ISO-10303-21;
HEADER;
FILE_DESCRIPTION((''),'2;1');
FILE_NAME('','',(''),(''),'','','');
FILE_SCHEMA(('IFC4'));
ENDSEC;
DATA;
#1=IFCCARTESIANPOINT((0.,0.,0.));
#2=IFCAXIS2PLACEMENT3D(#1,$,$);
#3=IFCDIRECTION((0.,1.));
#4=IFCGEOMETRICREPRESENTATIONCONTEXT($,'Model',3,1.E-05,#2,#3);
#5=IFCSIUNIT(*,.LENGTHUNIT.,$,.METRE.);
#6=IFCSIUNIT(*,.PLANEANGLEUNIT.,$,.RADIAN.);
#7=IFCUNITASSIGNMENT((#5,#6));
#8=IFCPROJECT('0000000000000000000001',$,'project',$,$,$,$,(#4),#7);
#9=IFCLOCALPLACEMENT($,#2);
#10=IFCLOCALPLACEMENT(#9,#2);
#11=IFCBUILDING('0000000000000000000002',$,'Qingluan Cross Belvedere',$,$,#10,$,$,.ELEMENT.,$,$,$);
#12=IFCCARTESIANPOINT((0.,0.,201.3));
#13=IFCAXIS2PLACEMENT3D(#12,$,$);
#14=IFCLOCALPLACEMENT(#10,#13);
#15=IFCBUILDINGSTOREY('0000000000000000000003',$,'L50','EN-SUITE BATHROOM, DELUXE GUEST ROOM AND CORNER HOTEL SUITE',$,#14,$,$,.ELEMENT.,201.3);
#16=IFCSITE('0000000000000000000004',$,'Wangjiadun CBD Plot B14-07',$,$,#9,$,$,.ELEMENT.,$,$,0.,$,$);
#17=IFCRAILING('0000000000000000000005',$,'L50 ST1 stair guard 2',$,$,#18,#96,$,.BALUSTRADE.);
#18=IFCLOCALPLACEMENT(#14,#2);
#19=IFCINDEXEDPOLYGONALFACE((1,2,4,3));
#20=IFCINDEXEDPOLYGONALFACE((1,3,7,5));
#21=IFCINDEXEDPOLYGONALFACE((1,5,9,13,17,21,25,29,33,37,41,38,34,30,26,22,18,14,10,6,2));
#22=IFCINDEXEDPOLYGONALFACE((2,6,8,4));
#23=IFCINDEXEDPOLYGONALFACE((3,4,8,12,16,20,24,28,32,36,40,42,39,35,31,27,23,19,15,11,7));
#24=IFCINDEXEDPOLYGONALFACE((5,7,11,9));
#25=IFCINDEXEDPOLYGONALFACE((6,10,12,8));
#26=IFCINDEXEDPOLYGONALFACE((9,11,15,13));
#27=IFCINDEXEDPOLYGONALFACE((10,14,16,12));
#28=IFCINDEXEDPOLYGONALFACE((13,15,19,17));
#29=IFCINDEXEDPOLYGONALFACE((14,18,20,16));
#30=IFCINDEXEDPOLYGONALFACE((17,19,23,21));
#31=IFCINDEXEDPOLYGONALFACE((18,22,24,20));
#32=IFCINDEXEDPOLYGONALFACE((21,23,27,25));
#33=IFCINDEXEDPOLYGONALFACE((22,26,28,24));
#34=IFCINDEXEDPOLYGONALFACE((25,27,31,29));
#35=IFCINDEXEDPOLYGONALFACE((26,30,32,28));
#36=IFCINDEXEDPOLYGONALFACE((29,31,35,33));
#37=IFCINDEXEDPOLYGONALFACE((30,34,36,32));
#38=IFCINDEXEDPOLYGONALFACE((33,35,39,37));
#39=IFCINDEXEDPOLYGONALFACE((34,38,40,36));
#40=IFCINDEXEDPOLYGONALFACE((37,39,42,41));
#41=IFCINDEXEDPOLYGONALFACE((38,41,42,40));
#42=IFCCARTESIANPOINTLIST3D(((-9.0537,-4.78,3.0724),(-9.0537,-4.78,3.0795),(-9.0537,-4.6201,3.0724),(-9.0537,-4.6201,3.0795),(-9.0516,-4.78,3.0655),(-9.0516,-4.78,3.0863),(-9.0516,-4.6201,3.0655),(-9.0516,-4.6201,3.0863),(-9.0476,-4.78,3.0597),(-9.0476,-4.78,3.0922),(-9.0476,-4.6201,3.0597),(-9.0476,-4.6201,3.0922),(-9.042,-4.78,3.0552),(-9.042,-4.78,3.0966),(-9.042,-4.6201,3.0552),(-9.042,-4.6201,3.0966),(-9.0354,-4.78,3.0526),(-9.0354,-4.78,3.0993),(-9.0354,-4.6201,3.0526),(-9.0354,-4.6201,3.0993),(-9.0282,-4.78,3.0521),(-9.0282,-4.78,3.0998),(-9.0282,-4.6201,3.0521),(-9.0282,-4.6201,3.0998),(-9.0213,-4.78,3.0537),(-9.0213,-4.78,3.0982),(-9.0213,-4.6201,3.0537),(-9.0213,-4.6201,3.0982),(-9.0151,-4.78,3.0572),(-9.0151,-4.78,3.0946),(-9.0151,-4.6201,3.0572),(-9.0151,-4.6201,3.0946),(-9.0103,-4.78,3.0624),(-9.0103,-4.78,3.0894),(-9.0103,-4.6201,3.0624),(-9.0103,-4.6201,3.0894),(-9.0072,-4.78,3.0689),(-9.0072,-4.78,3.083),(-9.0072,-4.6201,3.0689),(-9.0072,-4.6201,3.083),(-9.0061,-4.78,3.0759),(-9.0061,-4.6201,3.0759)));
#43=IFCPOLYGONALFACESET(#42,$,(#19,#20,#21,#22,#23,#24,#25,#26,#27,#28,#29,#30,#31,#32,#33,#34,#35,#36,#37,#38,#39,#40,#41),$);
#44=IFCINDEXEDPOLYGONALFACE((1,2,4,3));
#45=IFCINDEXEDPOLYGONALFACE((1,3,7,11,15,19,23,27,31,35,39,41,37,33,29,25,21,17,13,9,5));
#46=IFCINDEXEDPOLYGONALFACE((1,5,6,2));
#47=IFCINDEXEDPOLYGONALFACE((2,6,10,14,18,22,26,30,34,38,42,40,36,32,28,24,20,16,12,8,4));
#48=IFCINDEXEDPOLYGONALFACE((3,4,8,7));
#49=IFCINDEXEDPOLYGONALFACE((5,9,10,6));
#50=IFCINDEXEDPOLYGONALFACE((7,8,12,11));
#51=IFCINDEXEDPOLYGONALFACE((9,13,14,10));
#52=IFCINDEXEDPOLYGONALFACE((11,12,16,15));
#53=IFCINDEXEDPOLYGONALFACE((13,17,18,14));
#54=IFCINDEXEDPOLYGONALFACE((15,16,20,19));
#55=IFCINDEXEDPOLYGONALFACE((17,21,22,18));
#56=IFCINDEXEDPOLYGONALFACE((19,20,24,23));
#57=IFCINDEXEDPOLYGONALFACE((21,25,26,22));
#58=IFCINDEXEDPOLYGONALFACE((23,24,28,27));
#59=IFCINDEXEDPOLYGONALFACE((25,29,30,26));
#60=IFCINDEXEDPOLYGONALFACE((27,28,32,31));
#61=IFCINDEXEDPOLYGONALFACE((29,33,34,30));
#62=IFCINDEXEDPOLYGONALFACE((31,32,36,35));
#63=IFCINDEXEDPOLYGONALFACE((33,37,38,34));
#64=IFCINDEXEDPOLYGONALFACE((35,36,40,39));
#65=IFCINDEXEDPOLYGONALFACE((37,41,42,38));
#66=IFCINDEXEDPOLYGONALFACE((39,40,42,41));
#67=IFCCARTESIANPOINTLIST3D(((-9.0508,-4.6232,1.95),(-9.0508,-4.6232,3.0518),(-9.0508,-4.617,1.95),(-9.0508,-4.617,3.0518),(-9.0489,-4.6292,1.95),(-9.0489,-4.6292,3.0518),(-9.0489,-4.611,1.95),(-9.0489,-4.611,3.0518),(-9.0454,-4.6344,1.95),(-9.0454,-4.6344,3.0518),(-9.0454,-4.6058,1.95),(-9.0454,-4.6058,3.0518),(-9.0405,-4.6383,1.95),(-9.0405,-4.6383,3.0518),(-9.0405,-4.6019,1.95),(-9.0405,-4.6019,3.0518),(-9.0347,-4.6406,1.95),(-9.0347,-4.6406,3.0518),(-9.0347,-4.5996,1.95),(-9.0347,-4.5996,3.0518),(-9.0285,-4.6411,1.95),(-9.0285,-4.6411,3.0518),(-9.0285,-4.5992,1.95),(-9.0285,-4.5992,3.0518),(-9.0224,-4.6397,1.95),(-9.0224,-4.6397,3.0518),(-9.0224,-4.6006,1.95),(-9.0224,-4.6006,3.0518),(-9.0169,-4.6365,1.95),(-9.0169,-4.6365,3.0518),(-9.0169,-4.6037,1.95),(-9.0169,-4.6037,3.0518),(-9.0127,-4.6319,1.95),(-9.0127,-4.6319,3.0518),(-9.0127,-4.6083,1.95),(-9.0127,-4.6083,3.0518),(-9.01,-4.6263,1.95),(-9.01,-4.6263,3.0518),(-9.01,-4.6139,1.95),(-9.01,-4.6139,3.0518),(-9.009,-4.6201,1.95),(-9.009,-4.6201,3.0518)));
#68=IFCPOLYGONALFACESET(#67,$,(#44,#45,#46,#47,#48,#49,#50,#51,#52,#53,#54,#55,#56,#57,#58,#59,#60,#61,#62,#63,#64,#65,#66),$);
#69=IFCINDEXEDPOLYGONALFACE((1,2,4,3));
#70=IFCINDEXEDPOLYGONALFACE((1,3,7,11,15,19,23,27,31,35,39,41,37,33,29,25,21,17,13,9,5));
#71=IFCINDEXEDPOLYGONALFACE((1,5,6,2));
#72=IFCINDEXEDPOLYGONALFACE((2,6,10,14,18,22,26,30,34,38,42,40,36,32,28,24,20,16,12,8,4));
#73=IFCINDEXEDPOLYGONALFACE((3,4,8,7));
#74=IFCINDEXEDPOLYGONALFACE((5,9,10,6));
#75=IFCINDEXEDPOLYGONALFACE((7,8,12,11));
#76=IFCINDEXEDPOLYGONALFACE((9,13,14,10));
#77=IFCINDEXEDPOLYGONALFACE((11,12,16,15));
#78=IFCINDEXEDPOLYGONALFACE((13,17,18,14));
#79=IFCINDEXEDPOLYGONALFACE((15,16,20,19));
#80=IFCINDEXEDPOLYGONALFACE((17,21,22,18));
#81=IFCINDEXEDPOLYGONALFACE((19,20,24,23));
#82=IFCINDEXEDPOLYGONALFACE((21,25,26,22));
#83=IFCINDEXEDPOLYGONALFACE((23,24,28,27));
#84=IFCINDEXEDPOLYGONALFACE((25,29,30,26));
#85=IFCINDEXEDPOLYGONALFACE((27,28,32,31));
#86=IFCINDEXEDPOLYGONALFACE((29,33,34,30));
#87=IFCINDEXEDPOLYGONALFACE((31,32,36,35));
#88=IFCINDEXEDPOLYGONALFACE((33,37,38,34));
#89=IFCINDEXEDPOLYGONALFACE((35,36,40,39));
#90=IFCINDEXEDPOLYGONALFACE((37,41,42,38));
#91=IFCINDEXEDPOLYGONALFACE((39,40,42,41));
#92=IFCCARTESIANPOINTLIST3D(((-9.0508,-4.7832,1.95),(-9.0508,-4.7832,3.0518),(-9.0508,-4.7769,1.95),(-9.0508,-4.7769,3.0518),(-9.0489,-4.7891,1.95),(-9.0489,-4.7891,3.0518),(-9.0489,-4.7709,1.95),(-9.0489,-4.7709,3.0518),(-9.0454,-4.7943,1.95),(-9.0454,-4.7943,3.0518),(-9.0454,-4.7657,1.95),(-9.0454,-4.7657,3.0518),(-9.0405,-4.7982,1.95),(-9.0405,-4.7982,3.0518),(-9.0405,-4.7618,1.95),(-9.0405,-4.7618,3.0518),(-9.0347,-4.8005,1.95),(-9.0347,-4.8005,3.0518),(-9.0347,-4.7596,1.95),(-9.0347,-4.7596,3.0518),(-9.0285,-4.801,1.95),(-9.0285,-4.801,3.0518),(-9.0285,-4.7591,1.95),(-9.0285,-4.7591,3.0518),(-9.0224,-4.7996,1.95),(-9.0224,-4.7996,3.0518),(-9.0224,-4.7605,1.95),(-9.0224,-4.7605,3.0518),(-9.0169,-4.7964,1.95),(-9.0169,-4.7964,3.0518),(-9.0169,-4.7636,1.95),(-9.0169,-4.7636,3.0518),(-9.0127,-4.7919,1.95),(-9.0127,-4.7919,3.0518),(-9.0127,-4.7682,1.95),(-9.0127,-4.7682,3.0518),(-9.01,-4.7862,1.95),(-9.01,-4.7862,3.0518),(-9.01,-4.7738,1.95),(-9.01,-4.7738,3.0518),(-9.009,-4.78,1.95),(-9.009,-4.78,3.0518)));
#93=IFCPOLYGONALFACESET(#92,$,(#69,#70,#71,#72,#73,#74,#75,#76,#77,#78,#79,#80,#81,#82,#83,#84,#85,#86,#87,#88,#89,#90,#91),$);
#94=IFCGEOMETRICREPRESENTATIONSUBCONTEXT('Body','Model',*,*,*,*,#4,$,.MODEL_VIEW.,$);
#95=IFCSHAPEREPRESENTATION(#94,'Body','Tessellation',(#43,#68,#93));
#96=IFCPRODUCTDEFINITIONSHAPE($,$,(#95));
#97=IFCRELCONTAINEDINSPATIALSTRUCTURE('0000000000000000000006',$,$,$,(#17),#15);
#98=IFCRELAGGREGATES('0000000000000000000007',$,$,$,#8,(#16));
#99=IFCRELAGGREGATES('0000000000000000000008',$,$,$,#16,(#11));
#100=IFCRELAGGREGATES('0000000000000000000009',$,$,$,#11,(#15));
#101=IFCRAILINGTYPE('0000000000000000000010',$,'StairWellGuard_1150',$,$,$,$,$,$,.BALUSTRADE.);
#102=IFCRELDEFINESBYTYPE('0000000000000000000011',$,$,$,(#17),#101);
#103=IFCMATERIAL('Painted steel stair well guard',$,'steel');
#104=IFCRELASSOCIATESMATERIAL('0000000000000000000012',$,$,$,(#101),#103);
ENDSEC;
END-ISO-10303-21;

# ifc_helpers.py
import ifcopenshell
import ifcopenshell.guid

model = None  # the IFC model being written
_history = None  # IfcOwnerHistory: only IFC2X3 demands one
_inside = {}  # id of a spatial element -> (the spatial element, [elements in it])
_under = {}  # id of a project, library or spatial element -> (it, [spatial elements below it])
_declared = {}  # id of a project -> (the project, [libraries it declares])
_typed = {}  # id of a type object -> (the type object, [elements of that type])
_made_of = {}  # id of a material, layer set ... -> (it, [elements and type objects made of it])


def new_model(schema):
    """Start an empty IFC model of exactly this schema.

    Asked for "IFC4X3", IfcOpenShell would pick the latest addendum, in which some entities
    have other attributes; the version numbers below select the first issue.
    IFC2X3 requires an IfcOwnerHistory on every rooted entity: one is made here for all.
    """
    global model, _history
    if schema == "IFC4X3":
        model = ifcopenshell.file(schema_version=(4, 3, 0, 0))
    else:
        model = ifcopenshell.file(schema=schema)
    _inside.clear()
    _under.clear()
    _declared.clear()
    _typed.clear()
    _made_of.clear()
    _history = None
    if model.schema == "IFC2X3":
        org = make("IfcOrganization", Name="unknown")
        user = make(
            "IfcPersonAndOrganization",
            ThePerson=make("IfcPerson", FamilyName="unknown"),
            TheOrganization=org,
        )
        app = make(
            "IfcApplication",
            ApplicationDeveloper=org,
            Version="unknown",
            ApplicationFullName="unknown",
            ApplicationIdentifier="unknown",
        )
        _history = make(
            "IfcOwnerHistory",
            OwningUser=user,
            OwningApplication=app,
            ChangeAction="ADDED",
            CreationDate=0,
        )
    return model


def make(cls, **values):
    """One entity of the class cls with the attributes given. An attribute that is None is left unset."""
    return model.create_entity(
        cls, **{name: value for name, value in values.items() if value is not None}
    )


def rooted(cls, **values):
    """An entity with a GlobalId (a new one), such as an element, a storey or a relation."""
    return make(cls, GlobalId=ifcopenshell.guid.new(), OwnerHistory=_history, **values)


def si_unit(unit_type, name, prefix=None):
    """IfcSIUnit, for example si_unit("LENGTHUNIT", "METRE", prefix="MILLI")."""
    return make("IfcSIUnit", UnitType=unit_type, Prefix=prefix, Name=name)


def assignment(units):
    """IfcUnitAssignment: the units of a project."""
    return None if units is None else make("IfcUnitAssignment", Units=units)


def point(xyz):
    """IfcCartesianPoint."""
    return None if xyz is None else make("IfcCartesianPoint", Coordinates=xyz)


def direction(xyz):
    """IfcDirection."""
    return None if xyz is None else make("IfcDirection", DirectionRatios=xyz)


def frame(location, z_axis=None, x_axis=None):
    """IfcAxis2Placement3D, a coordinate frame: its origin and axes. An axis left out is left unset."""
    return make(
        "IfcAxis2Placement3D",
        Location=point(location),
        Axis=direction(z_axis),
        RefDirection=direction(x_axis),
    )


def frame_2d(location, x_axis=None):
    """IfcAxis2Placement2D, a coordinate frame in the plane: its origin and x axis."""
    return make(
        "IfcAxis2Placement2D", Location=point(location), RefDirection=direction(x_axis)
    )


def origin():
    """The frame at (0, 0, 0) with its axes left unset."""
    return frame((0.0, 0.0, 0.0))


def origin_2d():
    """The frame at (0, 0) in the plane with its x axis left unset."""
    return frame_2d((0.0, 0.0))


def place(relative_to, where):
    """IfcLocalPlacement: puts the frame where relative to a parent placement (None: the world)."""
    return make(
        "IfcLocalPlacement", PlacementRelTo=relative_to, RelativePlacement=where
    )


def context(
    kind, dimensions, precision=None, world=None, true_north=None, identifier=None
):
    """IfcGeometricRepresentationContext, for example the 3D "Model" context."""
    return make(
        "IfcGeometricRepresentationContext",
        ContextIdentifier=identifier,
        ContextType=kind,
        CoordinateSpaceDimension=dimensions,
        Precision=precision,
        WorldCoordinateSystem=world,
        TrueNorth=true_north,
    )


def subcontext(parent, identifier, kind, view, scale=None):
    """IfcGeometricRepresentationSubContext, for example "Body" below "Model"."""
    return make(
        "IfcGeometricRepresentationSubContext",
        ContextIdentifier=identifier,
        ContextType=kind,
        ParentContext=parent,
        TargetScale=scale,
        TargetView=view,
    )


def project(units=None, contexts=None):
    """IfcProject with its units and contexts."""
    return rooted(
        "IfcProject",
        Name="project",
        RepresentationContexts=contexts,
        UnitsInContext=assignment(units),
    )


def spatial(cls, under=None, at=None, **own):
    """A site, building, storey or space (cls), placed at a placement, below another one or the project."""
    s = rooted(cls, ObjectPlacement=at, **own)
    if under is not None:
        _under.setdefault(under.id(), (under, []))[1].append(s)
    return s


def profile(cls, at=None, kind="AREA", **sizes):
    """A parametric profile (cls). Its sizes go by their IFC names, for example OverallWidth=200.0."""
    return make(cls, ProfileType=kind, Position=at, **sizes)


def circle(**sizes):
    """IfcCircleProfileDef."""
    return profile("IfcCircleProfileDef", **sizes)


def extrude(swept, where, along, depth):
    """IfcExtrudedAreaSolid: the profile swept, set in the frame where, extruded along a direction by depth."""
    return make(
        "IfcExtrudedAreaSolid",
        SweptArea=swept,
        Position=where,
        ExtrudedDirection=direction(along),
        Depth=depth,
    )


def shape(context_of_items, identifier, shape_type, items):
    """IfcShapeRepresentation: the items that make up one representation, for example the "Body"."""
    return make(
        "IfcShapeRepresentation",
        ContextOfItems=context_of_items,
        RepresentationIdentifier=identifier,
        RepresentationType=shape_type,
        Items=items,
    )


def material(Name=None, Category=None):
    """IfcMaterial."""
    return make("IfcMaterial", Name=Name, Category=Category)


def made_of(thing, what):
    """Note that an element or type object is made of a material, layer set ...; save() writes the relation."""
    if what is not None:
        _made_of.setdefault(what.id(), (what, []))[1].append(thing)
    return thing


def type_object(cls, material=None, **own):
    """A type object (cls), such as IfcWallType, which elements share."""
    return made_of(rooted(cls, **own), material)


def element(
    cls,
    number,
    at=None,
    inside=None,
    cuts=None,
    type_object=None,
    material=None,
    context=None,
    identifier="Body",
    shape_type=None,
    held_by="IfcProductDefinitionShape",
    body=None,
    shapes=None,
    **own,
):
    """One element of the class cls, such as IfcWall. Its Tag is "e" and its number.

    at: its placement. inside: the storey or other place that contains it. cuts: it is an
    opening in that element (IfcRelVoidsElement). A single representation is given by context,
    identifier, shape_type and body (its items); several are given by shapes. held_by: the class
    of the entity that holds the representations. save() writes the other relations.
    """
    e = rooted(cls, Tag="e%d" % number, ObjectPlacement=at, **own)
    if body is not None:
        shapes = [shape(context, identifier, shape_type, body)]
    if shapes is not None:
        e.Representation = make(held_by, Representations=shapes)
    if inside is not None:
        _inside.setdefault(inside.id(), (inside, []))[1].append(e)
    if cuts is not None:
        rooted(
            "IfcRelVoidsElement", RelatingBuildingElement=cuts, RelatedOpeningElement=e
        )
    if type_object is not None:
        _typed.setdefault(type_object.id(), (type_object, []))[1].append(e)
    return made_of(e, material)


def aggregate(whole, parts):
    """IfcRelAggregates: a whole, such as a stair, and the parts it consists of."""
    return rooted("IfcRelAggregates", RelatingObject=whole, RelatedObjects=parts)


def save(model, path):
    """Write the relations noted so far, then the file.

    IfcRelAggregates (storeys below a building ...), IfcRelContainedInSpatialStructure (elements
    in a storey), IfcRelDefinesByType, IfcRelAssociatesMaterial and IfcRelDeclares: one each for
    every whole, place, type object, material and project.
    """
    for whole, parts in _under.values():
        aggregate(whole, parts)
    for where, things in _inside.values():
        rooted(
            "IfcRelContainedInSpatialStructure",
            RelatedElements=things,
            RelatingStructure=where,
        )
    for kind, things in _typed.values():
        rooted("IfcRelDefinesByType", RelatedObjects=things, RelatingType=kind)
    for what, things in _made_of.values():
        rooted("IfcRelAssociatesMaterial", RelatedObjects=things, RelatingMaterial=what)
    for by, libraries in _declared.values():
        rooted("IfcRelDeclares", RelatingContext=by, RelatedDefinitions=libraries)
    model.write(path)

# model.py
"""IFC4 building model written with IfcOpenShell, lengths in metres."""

from ifc_helpers import new_model, si_unit, direction, frame, origin, origin_2d, place, context, subcontext, project, spatial, circle, extrude, material, type_object, element, save


model = new_model("IFC4")

# Units and contexts
model_context = context("Model", 3, precision=1e-05, world=origin(), true_north=direction((0.0, 1.0)))
body_context = subcontext(model_context, "Body", "Model", "MODEL_VIEW")
ifc_project = project(units=[si_unit("LENGTHUNIT", "METRE"), si_unit("PLANEANGLEUNIT", "RADIAN")], contexts=[model_context])

# Site, building, storey
site_placement = place(None, origin())
site = spatial("IfcSite", under=ifc_project, at=site_placement, Name="Wangjiadun CBD Plot B14-07", CompositionType="ELEMENT", RefElevation=0.0)
building_placement = place(site_placement, origin())
building = spatial("IfcBuilding", under=site, at=building_placement, Name="Qingluan Cross Belvedere", CompositionType="ELEMENT")
storey_placement = place(building_placement, frame((0.0, 0.0, 201.3)))
storey = spatial("IfcBuildingStorey", under=building, at=storey_placement, Name="L50", Description="EN-SUITE BATHROOM, DELUXE GUEST ROOM AND CORNER HOTEL SUITE", CompositionType="ELEMENT", Elevation=201.3)

# Railing
ifc_material_1 = material(Name="Painted steel stair well guard", Category="steel")
railing_type_1 = type_object("IfcRailingType", Name="StairWellGuard_1150", PredefinedType="BALUSTRADE", material=ifc_material_1)
railing_1_placement = place(storey_placement, frame((-9.03, -4.6201, 1.95)))
element("IfcRailing", 1, at=railing_1_placement, inside=storey, type_object=railing_type_1, Name="L50 ST1 stair guard 2", PredefinedType="BALUSTRADE", context=body_context, shape_type="SweptSolid", body=[
    extrude(circle(Radius=0.0239, at=origin_2d()), frame((0.0, 0.0, 1.126), z_axis=(0.0, -1.0, 0.0), x_axis=(1.0, 0.0, 0.0)), (0.0, 0.0, 1.0), 0.1599),
    extrude(circle(Radius=0.021, at=origin_2d()), origin(), (0.0, 0.0, 1.0), 1.1018),
    extrude(circle(Radius=0.021, at=origin_2d()), frame((0.0, -0.1599, 0.0)), (0.0, 0.0, 1.0), 1.1018),
])

save(model, "model.ifc")
